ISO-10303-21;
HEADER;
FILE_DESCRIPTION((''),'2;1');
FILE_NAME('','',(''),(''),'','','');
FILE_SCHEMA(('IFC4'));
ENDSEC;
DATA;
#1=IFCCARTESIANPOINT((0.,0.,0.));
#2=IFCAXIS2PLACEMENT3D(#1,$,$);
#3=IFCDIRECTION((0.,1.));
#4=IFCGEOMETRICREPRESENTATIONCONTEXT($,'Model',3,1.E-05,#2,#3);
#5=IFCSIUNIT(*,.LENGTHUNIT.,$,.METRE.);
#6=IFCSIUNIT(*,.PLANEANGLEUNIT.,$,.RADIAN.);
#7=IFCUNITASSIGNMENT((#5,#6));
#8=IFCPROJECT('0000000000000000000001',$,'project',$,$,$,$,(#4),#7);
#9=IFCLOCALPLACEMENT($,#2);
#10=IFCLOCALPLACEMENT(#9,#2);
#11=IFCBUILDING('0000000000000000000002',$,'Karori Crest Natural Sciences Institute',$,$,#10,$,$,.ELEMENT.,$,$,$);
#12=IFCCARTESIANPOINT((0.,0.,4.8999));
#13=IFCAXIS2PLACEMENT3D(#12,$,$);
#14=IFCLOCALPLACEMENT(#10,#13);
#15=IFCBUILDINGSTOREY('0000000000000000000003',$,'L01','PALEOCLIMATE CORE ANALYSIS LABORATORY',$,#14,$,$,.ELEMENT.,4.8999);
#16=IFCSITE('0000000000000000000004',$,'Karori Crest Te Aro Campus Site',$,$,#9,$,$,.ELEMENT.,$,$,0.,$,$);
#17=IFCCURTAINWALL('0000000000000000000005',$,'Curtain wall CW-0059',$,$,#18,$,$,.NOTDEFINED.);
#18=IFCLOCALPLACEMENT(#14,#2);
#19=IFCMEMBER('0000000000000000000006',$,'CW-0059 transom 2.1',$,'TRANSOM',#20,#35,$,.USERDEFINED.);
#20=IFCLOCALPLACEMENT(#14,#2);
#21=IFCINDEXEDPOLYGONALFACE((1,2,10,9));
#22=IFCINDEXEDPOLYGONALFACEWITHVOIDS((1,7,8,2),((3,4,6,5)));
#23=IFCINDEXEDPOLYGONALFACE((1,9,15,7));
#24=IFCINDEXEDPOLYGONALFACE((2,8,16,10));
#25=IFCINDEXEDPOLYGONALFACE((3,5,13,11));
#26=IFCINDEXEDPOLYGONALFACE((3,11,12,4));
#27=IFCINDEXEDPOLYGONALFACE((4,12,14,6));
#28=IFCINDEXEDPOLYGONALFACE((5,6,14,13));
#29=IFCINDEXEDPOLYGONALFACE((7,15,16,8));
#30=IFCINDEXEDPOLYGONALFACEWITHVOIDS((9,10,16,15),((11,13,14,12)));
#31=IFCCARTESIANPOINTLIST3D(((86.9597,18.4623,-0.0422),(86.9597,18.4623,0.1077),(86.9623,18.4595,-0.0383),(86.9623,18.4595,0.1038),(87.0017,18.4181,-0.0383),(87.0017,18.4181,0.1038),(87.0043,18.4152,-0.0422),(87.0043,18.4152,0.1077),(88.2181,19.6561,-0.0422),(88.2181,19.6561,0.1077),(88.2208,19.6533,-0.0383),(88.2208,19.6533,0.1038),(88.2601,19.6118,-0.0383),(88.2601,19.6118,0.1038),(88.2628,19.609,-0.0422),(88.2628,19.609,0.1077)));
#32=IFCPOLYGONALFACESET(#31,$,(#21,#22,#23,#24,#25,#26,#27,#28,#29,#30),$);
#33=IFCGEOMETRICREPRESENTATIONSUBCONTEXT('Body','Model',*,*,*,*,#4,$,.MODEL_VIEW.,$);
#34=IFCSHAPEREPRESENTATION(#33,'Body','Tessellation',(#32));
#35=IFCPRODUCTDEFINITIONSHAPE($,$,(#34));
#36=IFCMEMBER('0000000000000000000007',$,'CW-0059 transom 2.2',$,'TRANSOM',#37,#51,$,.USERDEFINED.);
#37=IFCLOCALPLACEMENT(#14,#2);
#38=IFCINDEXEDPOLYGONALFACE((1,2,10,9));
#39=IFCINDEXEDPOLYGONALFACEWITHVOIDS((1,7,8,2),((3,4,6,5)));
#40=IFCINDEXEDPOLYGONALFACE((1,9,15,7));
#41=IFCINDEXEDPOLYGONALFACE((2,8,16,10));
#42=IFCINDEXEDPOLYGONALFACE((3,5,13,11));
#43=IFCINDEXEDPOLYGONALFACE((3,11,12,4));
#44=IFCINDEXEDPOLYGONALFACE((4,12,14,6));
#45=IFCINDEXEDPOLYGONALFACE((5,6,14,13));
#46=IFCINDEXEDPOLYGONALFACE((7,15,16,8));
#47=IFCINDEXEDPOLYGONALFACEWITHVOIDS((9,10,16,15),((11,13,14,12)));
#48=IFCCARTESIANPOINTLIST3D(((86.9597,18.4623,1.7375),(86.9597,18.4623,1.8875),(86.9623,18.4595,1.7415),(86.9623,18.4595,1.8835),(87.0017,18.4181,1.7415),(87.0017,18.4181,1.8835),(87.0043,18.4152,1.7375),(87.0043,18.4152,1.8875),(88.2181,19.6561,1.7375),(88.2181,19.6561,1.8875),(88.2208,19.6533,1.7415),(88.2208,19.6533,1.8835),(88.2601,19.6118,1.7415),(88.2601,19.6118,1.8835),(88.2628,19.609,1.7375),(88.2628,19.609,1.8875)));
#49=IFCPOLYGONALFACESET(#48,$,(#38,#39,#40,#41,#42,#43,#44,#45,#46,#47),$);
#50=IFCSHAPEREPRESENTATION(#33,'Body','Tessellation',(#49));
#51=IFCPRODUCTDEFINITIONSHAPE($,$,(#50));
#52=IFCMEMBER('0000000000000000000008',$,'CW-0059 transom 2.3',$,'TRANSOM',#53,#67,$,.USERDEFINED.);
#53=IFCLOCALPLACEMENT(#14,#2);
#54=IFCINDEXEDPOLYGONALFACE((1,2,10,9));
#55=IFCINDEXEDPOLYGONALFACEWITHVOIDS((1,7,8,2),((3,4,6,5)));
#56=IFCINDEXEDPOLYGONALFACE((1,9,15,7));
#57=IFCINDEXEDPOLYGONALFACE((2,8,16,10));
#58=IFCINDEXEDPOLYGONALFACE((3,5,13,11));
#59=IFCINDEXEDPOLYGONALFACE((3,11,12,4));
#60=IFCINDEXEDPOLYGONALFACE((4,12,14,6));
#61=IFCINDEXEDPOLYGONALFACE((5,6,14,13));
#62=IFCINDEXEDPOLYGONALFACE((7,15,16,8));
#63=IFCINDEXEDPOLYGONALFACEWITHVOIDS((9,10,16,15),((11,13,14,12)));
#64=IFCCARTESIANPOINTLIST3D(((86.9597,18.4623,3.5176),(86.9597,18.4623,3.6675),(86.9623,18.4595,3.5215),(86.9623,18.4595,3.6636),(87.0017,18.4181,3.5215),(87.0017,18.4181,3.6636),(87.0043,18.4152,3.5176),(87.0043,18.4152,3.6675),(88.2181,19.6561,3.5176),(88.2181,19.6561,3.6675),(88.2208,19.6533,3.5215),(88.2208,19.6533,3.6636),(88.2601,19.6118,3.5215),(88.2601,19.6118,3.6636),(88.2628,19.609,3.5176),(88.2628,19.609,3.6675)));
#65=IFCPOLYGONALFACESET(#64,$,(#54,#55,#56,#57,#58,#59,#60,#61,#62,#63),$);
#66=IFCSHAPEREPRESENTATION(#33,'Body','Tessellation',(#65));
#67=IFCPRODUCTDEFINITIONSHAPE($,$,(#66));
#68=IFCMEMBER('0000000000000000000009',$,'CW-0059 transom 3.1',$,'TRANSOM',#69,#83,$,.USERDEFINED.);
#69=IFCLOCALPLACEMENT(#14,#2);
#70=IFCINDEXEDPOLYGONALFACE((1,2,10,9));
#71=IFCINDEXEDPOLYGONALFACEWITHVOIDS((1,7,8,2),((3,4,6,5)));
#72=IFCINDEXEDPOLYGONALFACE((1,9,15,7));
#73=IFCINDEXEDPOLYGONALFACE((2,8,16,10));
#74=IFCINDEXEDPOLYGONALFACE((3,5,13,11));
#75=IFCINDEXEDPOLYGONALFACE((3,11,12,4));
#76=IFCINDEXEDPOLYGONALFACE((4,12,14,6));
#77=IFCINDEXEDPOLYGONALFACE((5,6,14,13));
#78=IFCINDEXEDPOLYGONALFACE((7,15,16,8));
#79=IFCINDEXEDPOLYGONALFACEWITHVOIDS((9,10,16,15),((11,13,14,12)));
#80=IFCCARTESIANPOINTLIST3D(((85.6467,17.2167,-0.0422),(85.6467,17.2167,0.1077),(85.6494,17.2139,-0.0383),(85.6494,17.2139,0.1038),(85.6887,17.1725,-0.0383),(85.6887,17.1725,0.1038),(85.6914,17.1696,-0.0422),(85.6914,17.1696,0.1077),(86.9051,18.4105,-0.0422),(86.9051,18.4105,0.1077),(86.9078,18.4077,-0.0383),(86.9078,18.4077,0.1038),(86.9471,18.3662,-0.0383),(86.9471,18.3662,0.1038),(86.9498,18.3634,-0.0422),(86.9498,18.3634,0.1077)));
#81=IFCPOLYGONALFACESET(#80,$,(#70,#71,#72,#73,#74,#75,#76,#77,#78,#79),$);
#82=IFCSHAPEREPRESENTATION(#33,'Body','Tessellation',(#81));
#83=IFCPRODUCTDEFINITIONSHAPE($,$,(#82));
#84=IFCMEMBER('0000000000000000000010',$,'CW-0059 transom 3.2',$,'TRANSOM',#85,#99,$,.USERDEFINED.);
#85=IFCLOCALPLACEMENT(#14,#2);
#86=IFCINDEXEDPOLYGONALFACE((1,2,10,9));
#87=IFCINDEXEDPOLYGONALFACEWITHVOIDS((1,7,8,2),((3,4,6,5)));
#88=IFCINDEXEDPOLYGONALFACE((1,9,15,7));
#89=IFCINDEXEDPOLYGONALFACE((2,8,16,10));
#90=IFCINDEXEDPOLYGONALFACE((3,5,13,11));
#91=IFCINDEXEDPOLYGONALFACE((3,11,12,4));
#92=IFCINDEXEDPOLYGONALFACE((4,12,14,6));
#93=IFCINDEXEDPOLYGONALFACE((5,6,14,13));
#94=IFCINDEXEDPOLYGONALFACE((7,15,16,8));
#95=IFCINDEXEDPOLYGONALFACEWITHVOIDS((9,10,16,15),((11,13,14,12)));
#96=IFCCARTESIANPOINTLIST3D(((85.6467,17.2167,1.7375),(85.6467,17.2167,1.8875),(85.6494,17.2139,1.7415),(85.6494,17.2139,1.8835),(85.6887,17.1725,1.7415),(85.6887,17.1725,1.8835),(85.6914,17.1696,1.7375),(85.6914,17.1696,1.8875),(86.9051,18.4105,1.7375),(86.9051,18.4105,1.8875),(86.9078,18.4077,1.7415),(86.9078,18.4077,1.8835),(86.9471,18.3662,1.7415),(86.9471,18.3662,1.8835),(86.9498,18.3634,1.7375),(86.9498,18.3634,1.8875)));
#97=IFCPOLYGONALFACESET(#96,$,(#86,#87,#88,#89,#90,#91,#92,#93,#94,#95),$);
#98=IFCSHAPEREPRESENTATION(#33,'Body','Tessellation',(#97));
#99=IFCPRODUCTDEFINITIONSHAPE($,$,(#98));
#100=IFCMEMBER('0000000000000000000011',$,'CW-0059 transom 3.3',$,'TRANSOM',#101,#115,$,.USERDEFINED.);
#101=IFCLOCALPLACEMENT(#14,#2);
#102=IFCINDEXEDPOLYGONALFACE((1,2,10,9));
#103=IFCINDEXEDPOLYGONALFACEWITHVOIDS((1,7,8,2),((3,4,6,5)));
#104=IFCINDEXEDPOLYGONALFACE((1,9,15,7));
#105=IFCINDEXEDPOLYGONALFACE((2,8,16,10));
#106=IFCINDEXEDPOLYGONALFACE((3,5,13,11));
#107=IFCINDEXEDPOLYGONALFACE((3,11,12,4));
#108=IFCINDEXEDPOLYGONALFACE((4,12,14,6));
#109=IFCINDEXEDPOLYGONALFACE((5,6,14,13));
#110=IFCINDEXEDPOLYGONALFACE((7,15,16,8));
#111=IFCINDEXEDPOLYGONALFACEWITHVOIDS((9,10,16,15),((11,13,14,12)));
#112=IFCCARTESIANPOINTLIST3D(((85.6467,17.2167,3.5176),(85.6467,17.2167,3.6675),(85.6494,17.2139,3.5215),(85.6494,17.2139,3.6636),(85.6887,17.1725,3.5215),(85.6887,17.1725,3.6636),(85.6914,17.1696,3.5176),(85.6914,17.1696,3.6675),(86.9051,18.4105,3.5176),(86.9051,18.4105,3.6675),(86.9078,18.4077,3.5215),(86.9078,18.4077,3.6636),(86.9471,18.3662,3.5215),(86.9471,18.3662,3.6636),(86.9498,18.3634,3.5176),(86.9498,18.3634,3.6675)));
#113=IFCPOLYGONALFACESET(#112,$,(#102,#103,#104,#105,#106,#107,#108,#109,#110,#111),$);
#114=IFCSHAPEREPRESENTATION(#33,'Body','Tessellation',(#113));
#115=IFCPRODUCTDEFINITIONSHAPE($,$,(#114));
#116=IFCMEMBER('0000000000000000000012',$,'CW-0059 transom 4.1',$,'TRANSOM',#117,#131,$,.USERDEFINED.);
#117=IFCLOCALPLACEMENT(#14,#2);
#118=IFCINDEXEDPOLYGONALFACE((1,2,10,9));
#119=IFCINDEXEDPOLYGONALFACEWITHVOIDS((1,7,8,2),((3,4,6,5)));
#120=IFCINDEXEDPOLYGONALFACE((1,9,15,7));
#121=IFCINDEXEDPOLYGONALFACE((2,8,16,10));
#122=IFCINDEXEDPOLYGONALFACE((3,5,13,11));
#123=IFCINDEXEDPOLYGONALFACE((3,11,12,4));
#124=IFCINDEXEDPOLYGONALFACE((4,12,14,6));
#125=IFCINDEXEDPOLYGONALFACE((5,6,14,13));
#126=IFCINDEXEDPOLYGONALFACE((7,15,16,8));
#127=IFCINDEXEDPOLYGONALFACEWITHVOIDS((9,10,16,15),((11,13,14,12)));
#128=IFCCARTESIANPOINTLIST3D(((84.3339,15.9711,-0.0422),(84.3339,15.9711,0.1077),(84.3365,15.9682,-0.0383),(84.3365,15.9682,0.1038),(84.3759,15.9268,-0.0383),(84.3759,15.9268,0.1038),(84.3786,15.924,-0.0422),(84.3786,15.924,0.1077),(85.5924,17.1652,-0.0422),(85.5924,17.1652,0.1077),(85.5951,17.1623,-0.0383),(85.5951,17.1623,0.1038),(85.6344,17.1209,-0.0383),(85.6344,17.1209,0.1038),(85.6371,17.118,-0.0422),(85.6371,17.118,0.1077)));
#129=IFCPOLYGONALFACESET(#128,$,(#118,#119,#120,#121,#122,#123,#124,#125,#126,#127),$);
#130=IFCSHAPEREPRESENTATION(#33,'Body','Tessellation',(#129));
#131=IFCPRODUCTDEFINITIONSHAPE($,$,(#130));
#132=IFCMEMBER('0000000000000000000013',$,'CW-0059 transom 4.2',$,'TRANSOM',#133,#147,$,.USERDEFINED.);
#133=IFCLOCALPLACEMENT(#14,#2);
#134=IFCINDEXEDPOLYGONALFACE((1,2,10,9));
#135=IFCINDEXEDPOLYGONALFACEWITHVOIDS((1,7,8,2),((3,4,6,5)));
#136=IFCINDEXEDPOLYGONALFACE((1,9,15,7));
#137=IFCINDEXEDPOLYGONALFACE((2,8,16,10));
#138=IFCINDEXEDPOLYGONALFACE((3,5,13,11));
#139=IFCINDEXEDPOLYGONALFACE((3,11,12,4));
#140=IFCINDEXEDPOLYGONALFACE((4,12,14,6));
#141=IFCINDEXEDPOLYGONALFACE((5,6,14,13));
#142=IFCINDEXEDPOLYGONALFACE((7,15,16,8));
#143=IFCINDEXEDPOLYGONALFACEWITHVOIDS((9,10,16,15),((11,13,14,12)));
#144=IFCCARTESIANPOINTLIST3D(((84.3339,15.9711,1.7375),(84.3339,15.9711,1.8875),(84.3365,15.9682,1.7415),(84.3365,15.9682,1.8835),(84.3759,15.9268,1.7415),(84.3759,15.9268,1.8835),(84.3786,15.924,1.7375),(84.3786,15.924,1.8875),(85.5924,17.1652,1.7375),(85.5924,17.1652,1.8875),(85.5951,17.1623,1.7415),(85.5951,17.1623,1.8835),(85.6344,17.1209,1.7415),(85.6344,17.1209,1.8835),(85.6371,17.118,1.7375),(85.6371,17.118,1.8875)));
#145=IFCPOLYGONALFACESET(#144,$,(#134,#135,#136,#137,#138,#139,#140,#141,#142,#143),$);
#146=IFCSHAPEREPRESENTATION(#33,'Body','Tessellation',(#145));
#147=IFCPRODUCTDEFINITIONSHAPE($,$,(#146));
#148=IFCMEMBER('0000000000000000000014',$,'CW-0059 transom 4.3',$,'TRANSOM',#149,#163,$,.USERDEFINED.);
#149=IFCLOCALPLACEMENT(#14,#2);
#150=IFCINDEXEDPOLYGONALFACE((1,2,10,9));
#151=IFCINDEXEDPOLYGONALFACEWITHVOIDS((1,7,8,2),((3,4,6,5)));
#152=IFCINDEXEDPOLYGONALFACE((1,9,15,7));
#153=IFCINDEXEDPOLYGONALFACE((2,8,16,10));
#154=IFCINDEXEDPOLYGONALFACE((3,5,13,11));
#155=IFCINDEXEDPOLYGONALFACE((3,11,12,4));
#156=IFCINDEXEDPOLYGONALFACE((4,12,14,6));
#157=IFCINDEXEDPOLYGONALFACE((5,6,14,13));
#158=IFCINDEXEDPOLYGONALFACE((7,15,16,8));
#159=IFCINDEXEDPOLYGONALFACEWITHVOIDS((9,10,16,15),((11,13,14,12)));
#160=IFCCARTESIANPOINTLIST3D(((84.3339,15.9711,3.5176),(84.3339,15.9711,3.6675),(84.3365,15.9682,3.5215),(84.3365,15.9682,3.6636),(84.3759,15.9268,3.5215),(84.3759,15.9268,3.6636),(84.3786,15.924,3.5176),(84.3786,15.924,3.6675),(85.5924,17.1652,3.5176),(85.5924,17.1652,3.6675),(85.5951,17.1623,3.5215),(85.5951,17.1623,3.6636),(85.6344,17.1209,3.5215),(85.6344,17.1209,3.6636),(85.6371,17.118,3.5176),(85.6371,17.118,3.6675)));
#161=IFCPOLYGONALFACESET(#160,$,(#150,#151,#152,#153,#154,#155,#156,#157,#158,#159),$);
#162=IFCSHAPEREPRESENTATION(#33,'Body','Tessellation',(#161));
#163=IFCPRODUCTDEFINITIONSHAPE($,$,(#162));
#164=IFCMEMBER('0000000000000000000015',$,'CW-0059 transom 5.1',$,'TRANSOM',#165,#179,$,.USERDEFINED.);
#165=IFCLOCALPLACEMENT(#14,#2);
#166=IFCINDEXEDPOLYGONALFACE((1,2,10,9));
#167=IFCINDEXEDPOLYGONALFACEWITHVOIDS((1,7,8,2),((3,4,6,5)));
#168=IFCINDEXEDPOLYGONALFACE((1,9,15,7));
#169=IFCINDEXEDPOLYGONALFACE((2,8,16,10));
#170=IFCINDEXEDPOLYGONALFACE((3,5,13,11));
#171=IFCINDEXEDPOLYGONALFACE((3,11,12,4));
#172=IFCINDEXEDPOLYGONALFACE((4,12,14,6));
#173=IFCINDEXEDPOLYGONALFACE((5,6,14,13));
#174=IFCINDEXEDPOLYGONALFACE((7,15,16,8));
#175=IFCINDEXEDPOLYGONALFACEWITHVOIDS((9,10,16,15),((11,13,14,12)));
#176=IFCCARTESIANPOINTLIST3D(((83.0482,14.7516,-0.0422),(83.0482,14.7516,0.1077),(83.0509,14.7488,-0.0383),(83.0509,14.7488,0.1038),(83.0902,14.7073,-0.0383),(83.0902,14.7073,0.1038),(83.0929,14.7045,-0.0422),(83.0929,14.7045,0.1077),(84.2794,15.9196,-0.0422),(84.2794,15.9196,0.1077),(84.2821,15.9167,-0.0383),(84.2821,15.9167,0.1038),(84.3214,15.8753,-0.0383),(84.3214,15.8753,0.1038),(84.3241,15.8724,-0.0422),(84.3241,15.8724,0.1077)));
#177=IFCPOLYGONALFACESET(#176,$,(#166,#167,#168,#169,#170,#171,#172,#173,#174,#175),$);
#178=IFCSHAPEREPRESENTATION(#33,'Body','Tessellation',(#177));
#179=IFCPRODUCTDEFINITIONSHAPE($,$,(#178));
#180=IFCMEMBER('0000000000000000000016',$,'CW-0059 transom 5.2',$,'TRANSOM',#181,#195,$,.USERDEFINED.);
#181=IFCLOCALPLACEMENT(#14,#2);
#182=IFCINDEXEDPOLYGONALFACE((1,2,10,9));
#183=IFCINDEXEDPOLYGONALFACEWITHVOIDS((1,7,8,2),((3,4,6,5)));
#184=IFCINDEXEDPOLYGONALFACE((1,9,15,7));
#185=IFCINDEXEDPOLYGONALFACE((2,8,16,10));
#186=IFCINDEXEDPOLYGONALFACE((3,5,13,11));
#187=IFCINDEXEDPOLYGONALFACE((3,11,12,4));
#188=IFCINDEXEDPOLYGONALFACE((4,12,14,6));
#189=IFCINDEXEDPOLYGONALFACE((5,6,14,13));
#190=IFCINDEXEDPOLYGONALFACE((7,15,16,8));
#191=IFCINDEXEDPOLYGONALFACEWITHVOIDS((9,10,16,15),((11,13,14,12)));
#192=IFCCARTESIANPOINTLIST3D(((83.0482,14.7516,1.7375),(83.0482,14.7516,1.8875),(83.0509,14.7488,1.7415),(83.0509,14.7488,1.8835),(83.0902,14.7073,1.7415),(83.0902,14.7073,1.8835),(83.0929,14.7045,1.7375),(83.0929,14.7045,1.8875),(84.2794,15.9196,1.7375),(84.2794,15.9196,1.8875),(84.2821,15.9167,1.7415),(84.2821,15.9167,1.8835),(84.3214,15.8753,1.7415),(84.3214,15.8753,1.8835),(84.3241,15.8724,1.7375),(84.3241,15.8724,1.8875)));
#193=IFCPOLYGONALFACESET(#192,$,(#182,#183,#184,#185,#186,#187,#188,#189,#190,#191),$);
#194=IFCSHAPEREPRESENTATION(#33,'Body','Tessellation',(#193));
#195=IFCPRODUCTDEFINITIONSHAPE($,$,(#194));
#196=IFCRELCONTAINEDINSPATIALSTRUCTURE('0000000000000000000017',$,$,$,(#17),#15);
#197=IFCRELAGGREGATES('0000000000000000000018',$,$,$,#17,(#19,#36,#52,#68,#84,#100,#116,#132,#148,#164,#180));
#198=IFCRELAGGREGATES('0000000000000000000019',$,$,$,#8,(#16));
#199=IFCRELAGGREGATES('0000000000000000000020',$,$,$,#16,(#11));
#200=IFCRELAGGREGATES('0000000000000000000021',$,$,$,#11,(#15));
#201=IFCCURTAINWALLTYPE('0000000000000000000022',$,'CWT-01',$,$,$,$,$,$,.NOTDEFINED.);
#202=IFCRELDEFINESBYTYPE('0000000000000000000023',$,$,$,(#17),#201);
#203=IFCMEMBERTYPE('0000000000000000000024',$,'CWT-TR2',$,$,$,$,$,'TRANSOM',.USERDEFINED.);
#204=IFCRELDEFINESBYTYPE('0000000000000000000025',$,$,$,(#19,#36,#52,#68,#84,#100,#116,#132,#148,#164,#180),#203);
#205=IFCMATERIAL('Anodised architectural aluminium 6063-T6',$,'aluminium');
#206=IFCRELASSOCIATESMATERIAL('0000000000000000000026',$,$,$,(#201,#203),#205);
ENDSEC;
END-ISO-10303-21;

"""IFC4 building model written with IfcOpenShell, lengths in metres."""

from ifc_helpers import new_model, si_unit, direction, frame, origin, origin_2d, place, context, subcontext, project, spatial, hollow_rectangle, extrude, material, material_profile, profile_set, type_object, element, aggregate, save


model = new_model("IFC4")

# Units and contexts
model_context = context("Model", 3, precision=1e-05, world=origin(), true_north=direction((0.0, 1.0)))
body_context = subcontext(model_context, "Body", "Model", "MODEL_VIEW")
ifc_project = project(units=[si_unit("LENGTHUNIT", "METRE"), si_unit("PLANEANGLEUNIT", "RADIAN")], contexts=[model_context])

# Site, building, storey
site_placement = place(None, origin())
site = spatial("IfcSite", under=ifc_project, at=site_placement, Name="Karori Crest Te Aro Campus Site", CompositionType="ELEMENT", RefElevation=0.0)
building_placement = place(site_placement, origin())
building = spatial("IfcBuilding", under=site, at=building_placement, Name="Karori Crest Natural Sciences Institute", CompositionType="ELEMENT")
storey_placement = place(building_placement, frame((0.0, 0.0, 4.8999)))
storey = spatial("IfcBuildingStorey", under=building, at=storey_placement, Name="L01", Description="PALEOCLIMATE CORE ANALYSIS LABORATORY", CompositionType="ELEMENT", Elevation=4.8999)

# Curtain wall, members
ifc_material_1 = material(Name="Anodised architectural aluminium 6063-T6", Category="aluminium")
curtain_wall_type = type_object("IfcCurtainWallType", Name="CWT-01", PredefinedType="NOTDEFINED", material=ifc_material_1)
curtain_wall_placement = place(storey_placement, origin())
curtain_wall = element("IfcCurtainWall", 1, at=curtain_wall_placement, inside=storey, type_object=curtain_wall_type, Name="Curtain wall CW-0059", PredefinedType="NOTDEFINED")
ifc_material_profile_1 = material_profile(ifc_material_1, hollow_rectangle(XDim=0.0649, YDim=0.1499, WallThickness=0.0039, at=origin_2d()), Name="CWT150x65x4")
ifc_profile_set_1 = profile_set([ifc_material_profile_1], Name="Anodised architectural aluminium 6063-T6")
member_type_1 = type_object("IfcMemberType", Name="CWT-TR2", ElementType="TRANSOM", PredefinedType="USERDEFINED", material=ifc_profile_set_1)
member_1_placement = place(storey_placement, frame((88.2405, 19.6326, 0.0327), z_axis=(-0.725509, -0.688213, 0.0), x_axis=(0.688213, -0.725509, 0.0)))
member_1 = element("IfcMember", 2, at=member_1_placement, type_object=member_type_1, Name="CW-0059 transom 2.1", ObjectType="TRANSOM", PredefinedType="USERDEFINED", context=body_context, shape_type="SweptSolid", body=[
    extrude(hollow_rectangle(XDim=0.0649, YDim=0.1499, WallThickness=0.0039, at=origin_2d()), origin(), (0.0, 0.0, 1.0), 1.7346),
])
member_2_placement = place(storey_placement, frame((88.2405, 19.6326, 1.8125), z_axis=(-0.725509, -0.688213, 0.0), x_axis=(0.688213, -0.725509, 0.0)))
member_2 = element("IfcMember", 3, at=member_2_placement, type_object=member_type_1, Name="CW-0059 transom 2.2", ObjectType="TRANSOM", PredefinedType="USERDEFINED", context=body_context, shape_type="SweptSolid", body=[
    extrude(hollow_rectangle(XDim=0.0649, YDim=0.1499, WallThickness=0.0039, at=origin_2d()), origin(), (0.0, 0.0, 1.0), 1.7346),
])
member_3_placement = place(storey_placement, frame((88.2405, 19.6326, 3.5925), z_axis=(-0.725509, -0.688213, 0.0), x_axis=(0.688213, -0.725509, 0.0)))
member_3 = element("IfcMember", 4, at=member_3_placement, type_object=member_type_1, Name="CW-0059 transom 2.3", ObjectType="TRANSOM", PredefinedType="USERDEFINED", context=body_context, shape_type="SweptSolid", body=[
    extrude(hollow_rectangle(XDim=0.0649, YDim=0.1499, WallThickness=0.0039, at=origin_2d()), origin(), (0.0, 0.0, 1.0), 1.7346),
])
member_4_placement = place(storey_placement, frame((86.9275, 18.387, 0.0327), z_axis=(-0.725509, -0.688213, 0.0), x_axis=(0.688213, -0.725509, 0.0)))
member_4 = element("IfcMember", 5, at=member_4_placement, type_object=member_type_1, Name="CW-0059 transom 3.1", ObjectType="TRANSOM", PredefinedType="USERDEFINED", context=body_context, shape_type="SweptSolid", body=[
    extrude(hollow_rectangle(XDim=0.0649, YDim=0.1499, WallThickness=0.0039, at=origin_2d()), origin(), (0.0, 0.0, 1.0), 1.7346),
])
member_5_placement = place(storey_placement, frame((86.9275, 18.387, 1.8125), z_axis=(-0.725509, -0.688213, 0.0), x_axis=(0.688213, -0.725509, 0.0)))
member_5 = element("IfcMember", 6, at=member_5_placement, type_object=member_type_1, Name="CW-0059 transom 3.2", ObjectType="TRANSOM", PredefinedType="USERDEFINED", context=body_context, shape_type="SweptSolid", body=[
    extrude(hollow_rectangle(XDim=0.0649, YDim=0.1499, WallThickness=0.0039, at=origin_2d()), origin(), (0.0, 0.0, 1.0), 1.7346),
])
member_6_placement = place(storey_placement, frame((86.9275, 18.387, 3.5925), z_axis=(-0.725509, -0.688213, 0.0), x_axis=(0.688213, -0.725509, 0.0)))
member_6 = element("IfcMember", 7, at=member_6_placement, type_object=member_type_1, Name="CW-0059 transom 3.3", ObjectType="TRANSOM", PredefinedType="USERDEFINED", context=body_context, shape_type="SweptSolid", body=[
    extrude(hollow_rectangle(XDim=0.0649, YDim=0.1499, WallThickness=0.0039, at=origin_2d()), origin(), (0.0, 0.0, 1.0), 1.7346),
])
member_7_placement = place(storey_placement, frame((85.6147, 17.1416, 0.0327), z_axis=(-0.725438, -0.688287, 0.0), x_axis=(0.688287, -0.725438, 0.0)))
member_7 = element("IfcMember", 8, at=member_7_placement, type_object=member_type_1, Name="CW-0059 transom 4.1", ObjectType="TRANSOM", PredefinedType="USERDEFINED", context=body_context, shape_type="SweptSolid", body=[
    extrude(hollow_rectangle(XDim=0.0649, YDim=0.1499, WallThickness=0.0039, at=origin_2d()), origin(), (0.0, 0.0, 1.0), 1.7349),
])
member_8_placement = place(storey_placement, frame((85.6147, 17.1416, 1.8125), z_axis=(-0.725438, -0.688287, 0.0), x_axis=(0.688287, -0.725438, 0.0)))
member_8 = element("IfcMember", 9, at=member_8_placement, type_object=member_type_1, Name="CW-0059 transom 4.2", ObjectType="TRANSOM", PredefinedType="USERDEFINED", context=body_context, shape_type="SweptSolid", body=[
    extrude(hollow_rectangle(XDim=0.0649, YDim=0.1499, WallThickness=0.0039, at=origin_2d()), origin(), (0.0, 0.0, 1.0), 1.7349),
])
member_9_placement = place(storey_placement, frame((85.6147, 17.1416, 3.5925), z_axis=(-0.725438, -0.688287, 0.0), x_axis=(0.688287, -0.725438, 0.0)))
member_9 = element("IfcMember", 10, at=member_9_placement, type_object=member_type_1, Name="CW-0059 transom 4.3", ObjectType="TRANSOM", PredefinedType="USERDEFINED", context=body_context, shape_type="SweptSolid", body=[
    extrude(hollow_rectangle(XDim=0.0649, YDim=0.1499, WallThickness=0.0039, at=origin_2d()), origin(), (0.0, 0.0, 1.0), 1.7349),
])
member_10_placement = place(storey_placement, frame((84.3018, 15.896, 0.0327), z_axis=(-0.725491, -0.688231, 0.0), x_axis=(0.688231, -0.725491, 0.0)))
member_10 = element("IfcMember", 11, at=member_10_placement, type_object=member_type_1, Name="CW-0059 transom 5.1", ObjectType="TRANSOM", PredefinedType="USERDEFINED", context=body_context, shape_type="SweptSolid", body=[
    extrude(hollow_rectangle(XDim=0.0649, YDim=0.1499, WallThickness=0.0039, at=origin_2d()), origin(), (0.0, 0.0, 1.0), 1.697),
])
member_11_placement = place(storey_placement, frame((84.3018, 15.896, 1.8125), z_axis=(-0.725491, -0.688231, 0.0), x_axis=(0.688231, -0.725491, 0.0)))
member_11 = element("IfcMember", 12, at=member_11_placement, type_object=member_type_1, Name="CW-0059 transom 5.2", ObjectType="TRANSOM", PredefinedType="USERDEFINED", context=body_context, shape_type="SweptSolid", body=[
    extrude(hollow_rectangle(XDim=0.0649, YDim=0.1499, WallThickness=0.0039, at=origin_2d()), origin(), (0.0, 0.0, 1.0), 1.697),
])
aggregate(curtain_wall, [member_1, member_2, member_3, member_4, member_5, member_6, member_7, member_8, member_9, member_10, member_11])

save(model, "model.ifc")
